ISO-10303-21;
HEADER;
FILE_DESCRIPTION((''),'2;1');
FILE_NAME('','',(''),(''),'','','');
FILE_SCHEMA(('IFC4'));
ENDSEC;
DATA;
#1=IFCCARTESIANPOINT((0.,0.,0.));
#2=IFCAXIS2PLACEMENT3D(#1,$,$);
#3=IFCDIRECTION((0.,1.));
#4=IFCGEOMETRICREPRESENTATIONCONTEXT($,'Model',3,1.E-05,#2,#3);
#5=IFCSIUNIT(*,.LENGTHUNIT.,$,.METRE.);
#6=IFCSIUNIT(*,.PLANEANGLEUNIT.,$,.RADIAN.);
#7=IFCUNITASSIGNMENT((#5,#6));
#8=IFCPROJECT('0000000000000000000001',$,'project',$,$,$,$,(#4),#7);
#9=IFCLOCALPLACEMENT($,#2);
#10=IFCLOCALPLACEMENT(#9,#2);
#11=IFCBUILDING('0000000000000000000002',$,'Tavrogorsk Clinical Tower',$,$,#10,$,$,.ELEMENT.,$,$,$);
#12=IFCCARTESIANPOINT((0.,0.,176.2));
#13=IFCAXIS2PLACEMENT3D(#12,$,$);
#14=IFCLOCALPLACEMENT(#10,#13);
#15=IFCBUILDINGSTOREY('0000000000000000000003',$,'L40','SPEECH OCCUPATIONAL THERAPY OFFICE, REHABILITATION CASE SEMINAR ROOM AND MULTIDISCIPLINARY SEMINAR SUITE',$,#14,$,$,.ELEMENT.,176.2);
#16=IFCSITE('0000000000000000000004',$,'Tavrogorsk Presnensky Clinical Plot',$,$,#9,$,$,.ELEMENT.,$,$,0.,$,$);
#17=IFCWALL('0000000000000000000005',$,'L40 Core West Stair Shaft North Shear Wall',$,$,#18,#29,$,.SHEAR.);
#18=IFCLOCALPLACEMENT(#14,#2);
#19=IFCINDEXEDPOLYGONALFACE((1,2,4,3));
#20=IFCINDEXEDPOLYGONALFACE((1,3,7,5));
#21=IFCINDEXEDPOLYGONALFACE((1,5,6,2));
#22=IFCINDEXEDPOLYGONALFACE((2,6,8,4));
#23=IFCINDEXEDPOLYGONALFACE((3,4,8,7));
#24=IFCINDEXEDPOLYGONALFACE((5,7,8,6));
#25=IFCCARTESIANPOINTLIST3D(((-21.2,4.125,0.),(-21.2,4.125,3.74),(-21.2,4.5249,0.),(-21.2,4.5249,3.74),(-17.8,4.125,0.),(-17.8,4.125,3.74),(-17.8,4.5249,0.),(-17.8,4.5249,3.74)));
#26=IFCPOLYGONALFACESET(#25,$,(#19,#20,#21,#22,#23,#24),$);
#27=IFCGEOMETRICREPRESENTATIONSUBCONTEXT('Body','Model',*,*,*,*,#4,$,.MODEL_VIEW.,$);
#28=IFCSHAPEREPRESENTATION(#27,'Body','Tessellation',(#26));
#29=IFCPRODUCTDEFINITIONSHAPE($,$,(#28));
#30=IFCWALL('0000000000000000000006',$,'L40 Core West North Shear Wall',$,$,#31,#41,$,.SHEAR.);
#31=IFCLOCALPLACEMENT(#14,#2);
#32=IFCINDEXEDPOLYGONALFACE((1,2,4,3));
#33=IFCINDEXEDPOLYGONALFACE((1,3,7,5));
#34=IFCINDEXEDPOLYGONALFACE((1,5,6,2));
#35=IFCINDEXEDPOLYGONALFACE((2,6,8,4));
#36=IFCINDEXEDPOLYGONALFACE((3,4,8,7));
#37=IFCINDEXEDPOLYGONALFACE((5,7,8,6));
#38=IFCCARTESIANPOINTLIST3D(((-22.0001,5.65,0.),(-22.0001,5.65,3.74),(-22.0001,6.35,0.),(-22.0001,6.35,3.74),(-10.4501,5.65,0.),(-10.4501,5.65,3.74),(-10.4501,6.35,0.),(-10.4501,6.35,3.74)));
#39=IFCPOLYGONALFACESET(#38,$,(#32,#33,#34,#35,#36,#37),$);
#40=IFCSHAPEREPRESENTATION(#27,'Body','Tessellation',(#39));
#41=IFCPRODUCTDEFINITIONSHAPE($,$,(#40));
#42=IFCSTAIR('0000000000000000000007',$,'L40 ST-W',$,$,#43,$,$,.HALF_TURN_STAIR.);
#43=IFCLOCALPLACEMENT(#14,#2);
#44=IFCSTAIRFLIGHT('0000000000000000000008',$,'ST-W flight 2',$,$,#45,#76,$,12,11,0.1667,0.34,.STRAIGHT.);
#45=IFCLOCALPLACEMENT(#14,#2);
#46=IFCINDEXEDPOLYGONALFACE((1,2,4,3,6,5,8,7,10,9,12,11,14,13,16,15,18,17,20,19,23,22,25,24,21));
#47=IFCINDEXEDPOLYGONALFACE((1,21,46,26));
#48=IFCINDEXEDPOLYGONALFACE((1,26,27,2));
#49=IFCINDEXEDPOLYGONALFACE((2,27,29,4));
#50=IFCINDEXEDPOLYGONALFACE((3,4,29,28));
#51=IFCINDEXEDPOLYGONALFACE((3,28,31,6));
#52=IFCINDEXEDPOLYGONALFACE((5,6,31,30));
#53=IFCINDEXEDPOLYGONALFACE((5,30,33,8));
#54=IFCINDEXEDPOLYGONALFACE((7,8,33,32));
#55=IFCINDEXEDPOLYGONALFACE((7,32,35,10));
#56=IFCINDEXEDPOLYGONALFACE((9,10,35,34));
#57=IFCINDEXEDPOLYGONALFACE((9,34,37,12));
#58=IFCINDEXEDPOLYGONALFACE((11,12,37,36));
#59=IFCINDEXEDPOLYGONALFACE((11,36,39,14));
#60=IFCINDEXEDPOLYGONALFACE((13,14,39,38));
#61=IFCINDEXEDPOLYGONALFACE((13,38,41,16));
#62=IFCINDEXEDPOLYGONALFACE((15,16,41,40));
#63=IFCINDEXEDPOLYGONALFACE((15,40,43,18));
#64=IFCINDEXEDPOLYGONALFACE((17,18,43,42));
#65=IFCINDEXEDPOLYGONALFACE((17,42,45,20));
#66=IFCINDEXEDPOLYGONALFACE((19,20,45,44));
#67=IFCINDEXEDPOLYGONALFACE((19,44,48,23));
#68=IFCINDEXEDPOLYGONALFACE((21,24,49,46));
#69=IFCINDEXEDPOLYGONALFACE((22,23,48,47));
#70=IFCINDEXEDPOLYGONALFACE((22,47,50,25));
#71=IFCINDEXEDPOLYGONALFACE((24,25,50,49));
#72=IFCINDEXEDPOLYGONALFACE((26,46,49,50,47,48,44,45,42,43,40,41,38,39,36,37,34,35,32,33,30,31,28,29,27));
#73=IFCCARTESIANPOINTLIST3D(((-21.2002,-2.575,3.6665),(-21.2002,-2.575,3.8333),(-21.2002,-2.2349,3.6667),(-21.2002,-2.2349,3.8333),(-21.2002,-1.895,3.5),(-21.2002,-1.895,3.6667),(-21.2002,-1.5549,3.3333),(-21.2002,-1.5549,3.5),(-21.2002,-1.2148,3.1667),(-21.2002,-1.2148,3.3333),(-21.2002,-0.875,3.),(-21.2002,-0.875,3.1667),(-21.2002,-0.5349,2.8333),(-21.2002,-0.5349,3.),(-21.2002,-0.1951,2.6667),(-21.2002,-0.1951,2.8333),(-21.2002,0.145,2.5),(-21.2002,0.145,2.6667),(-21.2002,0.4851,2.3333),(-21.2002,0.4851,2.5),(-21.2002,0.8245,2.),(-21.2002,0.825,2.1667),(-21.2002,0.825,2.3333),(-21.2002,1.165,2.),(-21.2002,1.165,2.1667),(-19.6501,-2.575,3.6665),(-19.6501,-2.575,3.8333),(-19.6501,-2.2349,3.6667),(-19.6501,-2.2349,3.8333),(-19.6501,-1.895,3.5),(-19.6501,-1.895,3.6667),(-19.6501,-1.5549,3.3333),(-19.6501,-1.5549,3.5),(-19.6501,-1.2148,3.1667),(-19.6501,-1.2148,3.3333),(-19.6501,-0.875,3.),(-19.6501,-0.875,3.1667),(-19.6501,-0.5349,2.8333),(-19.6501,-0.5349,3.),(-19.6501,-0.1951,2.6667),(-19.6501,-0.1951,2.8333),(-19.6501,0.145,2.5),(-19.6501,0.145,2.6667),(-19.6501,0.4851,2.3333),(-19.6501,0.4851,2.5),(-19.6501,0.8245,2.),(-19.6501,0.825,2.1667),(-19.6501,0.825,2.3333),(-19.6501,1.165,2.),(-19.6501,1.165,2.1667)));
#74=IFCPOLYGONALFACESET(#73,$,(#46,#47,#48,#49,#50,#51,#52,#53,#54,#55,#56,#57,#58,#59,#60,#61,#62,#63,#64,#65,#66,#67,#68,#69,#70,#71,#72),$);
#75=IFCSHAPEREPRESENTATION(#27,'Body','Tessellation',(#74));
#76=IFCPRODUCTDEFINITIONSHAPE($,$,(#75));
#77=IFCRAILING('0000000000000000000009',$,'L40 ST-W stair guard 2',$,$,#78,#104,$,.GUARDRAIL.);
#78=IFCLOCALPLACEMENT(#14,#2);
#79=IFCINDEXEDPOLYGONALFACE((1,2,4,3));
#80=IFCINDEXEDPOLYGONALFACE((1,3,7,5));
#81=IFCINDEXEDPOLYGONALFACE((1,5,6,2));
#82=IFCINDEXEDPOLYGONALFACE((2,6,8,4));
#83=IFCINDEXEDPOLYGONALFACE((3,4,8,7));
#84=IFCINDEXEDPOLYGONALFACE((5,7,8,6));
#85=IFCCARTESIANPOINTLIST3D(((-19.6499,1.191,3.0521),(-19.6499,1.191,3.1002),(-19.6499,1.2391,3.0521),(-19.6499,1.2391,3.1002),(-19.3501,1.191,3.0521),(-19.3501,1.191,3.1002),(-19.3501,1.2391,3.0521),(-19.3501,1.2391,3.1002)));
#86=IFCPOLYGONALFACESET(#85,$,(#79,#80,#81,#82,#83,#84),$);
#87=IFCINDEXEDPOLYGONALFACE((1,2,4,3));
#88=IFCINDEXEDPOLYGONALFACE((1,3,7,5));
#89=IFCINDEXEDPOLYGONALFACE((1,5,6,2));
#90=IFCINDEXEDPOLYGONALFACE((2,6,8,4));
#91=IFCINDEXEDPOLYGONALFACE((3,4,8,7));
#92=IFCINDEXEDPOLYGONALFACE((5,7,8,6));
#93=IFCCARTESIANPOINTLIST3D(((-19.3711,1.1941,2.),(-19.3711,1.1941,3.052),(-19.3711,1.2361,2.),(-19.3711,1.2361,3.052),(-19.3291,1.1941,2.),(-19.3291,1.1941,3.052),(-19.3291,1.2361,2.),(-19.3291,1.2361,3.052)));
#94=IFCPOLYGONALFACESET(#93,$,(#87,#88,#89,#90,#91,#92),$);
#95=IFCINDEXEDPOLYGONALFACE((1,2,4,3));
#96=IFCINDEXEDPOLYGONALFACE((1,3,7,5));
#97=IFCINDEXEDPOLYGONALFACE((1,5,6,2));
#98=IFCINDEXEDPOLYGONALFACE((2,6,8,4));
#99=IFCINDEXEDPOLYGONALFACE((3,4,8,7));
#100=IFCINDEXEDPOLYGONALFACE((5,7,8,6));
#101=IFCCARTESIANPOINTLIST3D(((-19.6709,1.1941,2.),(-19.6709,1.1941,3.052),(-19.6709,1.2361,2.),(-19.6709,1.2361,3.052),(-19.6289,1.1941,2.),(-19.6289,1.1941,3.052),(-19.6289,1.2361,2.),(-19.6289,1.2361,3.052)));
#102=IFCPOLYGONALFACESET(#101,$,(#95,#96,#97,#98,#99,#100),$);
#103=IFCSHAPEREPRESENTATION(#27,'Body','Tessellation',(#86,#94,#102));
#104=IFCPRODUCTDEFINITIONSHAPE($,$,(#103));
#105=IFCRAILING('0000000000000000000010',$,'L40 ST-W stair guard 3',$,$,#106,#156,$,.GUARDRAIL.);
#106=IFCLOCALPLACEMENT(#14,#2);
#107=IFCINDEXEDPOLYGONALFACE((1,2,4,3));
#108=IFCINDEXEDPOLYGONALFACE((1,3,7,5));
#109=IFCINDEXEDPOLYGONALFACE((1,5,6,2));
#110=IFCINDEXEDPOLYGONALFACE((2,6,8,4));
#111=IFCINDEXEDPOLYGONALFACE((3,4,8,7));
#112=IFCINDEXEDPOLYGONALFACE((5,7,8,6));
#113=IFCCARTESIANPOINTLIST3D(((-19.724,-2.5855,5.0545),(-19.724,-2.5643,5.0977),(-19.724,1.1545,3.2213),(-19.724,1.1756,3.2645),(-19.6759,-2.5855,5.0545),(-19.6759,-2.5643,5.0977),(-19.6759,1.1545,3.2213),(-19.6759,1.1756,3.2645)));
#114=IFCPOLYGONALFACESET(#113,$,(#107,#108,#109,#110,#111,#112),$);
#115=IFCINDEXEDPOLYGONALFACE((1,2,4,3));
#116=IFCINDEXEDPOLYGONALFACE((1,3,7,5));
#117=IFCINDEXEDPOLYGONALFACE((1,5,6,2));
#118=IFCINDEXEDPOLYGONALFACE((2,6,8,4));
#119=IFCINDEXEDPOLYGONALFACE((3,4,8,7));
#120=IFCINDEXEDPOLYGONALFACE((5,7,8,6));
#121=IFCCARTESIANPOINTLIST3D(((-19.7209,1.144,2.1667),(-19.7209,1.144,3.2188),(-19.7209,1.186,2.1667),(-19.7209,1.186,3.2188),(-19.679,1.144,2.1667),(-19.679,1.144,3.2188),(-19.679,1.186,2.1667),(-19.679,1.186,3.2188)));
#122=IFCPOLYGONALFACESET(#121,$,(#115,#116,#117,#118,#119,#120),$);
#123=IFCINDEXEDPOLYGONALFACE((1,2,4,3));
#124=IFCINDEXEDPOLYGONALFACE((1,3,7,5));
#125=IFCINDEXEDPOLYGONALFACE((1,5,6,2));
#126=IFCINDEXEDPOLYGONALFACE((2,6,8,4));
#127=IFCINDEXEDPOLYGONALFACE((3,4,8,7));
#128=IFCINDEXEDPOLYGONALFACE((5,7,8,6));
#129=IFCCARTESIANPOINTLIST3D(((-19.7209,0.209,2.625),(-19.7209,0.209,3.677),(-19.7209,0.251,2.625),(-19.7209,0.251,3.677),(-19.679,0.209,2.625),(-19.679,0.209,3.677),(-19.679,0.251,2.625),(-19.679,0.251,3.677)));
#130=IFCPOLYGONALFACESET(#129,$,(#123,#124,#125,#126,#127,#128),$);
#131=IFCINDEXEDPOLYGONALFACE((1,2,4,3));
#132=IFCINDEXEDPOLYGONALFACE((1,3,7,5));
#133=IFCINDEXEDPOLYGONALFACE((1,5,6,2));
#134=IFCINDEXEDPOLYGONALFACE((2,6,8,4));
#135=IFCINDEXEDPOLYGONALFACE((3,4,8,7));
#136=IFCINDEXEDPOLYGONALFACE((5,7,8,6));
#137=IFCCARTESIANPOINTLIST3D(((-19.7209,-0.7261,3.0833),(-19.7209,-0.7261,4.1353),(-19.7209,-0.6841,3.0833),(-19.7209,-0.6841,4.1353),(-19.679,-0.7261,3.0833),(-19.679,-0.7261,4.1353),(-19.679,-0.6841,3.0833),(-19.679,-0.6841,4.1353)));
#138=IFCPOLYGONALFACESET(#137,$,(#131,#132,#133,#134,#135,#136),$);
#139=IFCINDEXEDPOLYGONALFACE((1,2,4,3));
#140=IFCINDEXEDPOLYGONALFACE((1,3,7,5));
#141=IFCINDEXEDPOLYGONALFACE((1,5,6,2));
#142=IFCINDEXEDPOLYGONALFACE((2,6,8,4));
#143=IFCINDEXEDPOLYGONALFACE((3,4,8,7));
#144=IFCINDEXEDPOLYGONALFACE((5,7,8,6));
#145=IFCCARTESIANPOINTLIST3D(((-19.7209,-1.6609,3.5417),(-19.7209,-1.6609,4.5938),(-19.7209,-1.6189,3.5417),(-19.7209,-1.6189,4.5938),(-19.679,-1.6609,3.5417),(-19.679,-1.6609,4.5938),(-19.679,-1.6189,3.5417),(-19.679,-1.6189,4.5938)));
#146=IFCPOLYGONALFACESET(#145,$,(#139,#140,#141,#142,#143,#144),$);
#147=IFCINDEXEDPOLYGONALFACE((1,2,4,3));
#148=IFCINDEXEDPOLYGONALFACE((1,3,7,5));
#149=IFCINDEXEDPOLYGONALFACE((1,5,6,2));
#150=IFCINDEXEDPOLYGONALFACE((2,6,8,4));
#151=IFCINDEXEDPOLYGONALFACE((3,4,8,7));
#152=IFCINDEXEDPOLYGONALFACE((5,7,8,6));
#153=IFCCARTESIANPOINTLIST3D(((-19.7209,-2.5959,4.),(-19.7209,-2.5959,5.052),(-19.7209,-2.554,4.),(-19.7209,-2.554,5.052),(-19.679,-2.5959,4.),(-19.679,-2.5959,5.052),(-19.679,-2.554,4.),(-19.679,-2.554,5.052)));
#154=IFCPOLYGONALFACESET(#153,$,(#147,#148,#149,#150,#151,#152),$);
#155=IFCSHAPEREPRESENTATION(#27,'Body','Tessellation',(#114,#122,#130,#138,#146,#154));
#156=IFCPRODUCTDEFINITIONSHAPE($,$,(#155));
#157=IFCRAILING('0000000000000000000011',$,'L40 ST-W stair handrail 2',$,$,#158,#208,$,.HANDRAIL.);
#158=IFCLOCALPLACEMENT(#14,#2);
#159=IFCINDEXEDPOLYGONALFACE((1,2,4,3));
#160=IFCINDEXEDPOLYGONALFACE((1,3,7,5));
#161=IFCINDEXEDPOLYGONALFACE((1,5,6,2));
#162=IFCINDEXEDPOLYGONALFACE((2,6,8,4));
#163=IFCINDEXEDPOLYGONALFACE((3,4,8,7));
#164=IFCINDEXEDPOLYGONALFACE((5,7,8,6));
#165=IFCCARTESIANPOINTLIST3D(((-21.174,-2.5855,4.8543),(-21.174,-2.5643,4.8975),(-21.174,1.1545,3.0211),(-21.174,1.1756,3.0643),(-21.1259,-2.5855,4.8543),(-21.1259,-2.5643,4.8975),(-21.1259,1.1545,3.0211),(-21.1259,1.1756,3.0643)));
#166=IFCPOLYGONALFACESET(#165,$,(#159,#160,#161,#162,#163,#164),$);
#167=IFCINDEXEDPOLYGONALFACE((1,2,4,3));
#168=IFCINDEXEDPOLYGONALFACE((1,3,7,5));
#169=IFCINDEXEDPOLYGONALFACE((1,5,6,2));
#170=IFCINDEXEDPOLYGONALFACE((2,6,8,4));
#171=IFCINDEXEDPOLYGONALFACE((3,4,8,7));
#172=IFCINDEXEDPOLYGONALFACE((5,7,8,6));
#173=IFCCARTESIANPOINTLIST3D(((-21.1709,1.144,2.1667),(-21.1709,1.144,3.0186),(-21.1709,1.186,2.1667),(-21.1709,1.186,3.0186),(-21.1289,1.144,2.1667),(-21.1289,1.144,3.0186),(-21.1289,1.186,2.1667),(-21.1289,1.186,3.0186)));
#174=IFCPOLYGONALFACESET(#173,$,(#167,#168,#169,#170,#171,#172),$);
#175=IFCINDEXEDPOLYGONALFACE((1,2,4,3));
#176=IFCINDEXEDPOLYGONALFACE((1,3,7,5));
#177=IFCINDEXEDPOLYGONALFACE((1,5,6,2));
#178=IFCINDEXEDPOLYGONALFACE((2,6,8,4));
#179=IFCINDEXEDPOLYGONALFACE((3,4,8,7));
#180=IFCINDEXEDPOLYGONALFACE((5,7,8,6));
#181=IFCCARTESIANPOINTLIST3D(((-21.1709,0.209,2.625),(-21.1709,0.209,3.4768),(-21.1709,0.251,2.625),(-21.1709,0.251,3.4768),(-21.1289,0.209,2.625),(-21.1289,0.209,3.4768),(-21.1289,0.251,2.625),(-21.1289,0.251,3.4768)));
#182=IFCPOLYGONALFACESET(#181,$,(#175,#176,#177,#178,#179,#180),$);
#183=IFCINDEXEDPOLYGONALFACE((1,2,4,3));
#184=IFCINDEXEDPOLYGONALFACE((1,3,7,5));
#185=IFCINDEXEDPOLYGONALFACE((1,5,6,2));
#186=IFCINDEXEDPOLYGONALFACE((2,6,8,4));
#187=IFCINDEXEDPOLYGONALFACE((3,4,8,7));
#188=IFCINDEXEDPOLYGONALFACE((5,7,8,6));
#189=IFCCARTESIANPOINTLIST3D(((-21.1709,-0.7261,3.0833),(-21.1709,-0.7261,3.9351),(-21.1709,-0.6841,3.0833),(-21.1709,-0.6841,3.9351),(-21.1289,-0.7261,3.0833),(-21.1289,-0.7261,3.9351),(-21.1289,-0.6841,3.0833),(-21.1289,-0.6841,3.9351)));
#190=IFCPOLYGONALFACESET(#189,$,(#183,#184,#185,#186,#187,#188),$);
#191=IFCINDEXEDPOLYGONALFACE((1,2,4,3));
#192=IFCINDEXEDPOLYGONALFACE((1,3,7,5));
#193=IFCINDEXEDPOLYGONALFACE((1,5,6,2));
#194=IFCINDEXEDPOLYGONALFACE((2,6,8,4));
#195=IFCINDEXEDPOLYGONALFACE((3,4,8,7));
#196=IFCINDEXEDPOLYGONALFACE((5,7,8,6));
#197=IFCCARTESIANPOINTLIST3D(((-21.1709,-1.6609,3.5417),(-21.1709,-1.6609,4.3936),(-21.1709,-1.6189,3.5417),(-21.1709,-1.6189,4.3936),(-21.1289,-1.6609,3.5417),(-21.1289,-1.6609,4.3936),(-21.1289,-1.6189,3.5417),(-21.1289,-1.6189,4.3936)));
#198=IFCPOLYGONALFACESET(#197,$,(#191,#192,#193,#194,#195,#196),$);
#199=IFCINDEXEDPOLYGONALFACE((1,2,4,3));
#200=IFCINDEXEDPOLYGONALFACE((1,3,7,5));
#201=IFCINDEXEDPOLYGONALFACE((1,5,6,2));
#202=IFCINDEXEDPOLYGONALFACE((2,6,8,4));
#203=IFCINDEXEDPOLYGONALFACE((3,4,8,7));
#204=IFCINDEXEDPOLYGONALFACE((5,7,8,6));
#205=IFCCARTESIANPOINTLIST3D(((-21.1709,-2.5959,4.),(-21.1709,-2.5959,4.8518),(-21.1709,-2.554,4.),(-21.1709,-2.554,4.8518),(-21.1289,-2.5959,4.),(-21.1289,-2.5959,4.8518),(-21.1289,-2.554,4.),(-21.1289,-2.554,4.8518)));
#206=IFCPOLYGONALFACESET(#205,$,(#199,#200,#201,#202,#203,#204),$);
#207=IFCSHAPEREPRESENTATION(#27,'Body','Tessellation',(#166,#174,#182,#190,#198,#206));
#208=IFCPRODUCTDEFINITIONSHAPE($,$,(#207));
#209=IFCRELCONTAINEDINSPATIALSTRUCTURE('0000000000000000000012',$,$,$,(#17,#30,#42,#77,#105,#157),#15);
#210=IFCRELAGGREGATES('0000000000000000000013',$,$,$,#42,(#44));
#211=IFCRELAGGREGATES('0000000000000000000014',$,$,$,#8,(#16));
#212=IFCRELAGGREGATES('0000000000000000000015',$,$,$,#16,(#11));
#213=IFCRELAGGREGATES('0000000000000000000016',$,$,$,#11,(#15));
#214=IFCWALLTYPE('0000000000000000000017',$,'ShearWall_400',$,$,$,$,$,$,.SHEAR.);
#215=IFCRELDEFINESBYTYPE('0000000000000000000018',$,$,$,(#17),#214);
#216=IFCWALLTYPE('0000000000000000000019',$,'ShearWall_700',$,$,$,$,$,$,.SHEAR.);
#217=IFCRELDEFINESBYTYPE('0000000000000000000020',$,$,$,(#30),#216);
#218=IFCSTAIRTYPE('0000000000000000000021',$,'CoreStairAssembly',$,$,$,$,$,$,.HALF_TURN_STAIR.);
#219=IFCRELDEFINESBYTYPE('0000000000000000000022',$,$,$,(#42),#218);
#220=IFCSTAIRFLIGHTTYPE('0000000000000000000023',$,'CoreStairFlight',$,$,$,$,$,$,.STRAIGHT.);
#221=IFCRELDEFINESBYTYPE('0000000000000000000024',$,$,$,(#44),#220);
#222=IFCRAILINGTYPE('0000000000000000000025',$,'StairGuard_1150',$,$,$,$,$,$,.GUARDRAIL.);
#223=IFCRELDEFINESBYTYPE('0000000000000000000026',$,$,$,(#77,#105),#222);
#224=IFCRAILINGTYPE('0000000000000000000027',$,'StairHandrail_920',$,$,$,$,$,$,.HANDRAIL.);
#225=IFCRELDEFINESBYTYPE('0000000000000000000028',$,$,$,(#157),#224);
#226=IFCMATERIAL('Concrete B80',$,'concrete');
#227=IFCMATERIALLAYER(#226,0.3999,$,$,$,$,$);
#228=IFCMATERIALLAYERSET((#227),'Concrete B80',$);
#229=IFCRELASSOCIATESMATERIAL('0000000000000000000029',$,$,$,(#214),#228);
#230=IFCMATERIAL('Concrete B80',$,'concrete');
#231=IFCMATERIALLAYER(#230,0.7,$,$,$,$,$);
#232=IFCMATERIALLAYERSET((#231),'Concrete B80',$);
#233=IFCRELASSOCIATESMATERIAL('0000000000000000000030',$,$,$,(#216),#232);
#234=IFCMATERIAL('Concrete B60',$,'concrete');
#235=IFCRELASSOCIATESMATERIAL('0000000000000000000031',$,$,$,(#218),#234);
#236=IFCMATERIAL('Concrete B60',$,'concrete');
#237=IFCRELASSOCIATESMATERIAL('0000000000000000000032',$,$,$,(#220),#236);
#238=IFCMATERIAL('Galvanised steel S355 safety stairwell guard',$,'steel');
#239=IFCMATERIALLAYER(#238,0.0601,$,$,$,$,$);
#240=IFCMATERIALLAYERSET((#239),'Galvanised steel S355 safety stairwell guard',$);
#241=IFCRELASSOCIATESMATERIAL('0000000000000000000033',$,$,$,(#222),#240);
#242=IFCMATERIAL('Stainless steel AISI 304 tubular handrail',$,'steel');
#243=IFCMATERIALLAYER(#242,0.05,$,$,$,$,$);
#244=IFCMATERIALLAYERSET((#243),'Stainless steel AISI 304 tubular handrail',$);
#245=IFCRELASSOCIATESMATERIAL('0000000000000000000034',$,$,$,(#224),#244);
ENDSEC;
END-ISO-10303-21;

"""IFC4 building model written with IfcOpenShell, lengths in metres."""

from ifc_helpers import new_model, si_unit, direction, frame, frame_2d, origin, origin_2d, place, context, subcontext, project, spatial, polyline, rectangle, outline, extrude, material, layer, layer_set, type_object, element, aggregate, save


model = new_model("IFC4")

# Units and contexts
model_context = context("Model", 3, precision=1e-05, world=origin(), true_north=direction((0.0, 1.0)))
body_context = subcontext(model_context, "Body", "Model", "MODEL_VIEW")
ifc_project = project(units=[si_unit("LENGTHUNIT", "METRE"), si_unit("PLANEANGLEUNIT", "RADIAN")], contexts=[model_context])

# Site, building, storey
site_placement = place(None, origin())
site = spatial("IfcSite", under=ifc_project, at=site_placement, Name="Tavrogorsk Presnensky Clinical Plot", CompositionType="ELEMENT", RefElevation=0.0)
building_placement = place(site_placement, origin())
building = spatial("IfcBuilding", under=site, at=building_placement, Name="Tavrogorsk Clinical Tower", CompositionType="ELEMENT")
storey_placement = place(building_placement, frame((0.0, 0.0, 176.2)))
storey = spatial("IfcBuildingStorey", under=building, at=storey_placement, Name="L40", Description="SPEECH OCCUPATIONAL THERAPY OFFICE, REHABILITATION CASE SEMINAR ROOM AND MULTIDISCIPLINARY SEMINAR SUITE", CompositionType="ELEMENT", Elevation=176.2)

# Walls
ifc_material_1 = material(Name="Concrete B80", Category="concrete")
ifc_layer_1 = layer(ifc_material_1, 0.3999)
ifc_layer_set_1 = layer_set([ifc_layer_1], Name="Concrete B80")
wall_type_1 = type_object("IfcWallType", Name="ShearWall_400", PredefinedType="SHEAR", material=ifc_layer_set_1)
wall_1_placement = place(storey_placement, frame((-21.2, 4.325, 0.0), z_axis=(0.0, 0.0, 1.0), x_axis=(1.0, 0.0, 0.0)))
element("IfcWall", 1, at=wall_1_placement, inside=storey, type_object=wall_type_1, Name="L40 Core West Stair Shaft North Shear Wall", PredefinedType="SHEAR", context=body_context, shape_type="SweptSolid", body=[
    extrude(rectangle(XDim=3.3999, YDim=0.3999, at=frame_2d((1.7, 0.0))), origin(), (0.0, 0.0, 1.0), 3.74),
])
ifc_material_2 = material(Name="Concrete B80", Category="concrete")
ifc_layer_2 = layer(ifc_material_2, 0.7)
ifc_layer_set_2 = layer_set([ifc_layer_2], Name="Concrete B80")
wall_type_2 = type_object("IfcWallType", Name="ShearWall_700", PredefinedType="SHEAR", material=ifc_layer_set_2)
wall_2_placement = place(storey_placement, frame((-22.0, 6.0, 0.0), z_axis=(0.0, 0.0, 1.0), x_axis=(1.0, 0.0, 0.0)))
element("IfcWall", 2, at=wall_2_placement, inside=storey, type_object=wall_type_2, Name="L40 Core West North Shear Wall", PredefinedType="SHEAR", context=body_context, shape_type="SweptSolid", body=[
    extrude(rectangle(XDim=11.55, YDim=0.7, at=frame_2d((5.7749, 0.0))), origin(), (0.0, 0.0, 1.0), 3.74),
])

# Stair, stair flight
ifc_material_3 = material(Name="Concrete B60", Category="concrete")
stair_type = type_object("IfcStairType", Name="CoreStairAssembly", PredefinedType="HALF_TURN_STAIR", material=ifc_material_3)
stair_placement = place(storey_placement, origin())
stair = element("IfcStair", 3, at=stair_placement, inside=storey, type_object=stair_type, Name="L40 ST-W", PredefinedType="HALF_TURN_STAIR")
ifc_material_4 = material(Name="Concrete B60", Category="concrete")
stair_flight_type = type_object("IfcStairFlightType", Name="CoreStairFlight", PredefinedType="STRAIGHT", material=ifc_material_4)
stair_flight_placement = place(storey_placement, frame((-20.425, 1.165, 2.0), z_axis=(0.0, 0.0, 1.0), x_axis=(0.0, -1.0, 0.0)))
stair_flight = element("IfcStairFlight", 4, at=stair_flight_placement, type_object=stair_flight_type, Name="ST-W flight 2", NumberOfRisers=12, NumberOfTreads=11, PredefinedType="STRAIGHT", RiserHeight=0.1667, TreadLength=0.34, context=body_context, shape_type="SweptSolid", body=[
    extrude(outline(polyline([(0.0, 0.0), (0.0, 0.1667), (0.3401, 0.1667), (0.3401, 0.3333), (0.6799, 0.3333), (0.6799, 0.5), (1.02, 0.5), (1.02, 0.6667), (1.3601, 0.6667), (1.3601, 0.8333), (1.7, 0.8333), (1.7, 1.0), (2.04, 1.0), (2.04, 1.1667), (2.3799, 1.1667), (2.3799, 1.3333), (2.72, 1.3333), (2.72, 1.5), (3.0601, 1.5), (3.0601, 1.6667), (3.3999, 1.6667), (3.3999, 1.8333), (3.74, 1.8333), (3.74, 2.0), (3.74, 1.6665), (0.3406, 0.0), (0.0, 0.0)])), frame((0.0, 0.7749, 0.0), z_axis=(0.0, -1.0, 0.0), x_axis=(1.0, 0.0, 0.0)), (0.0, 0.0, 1.0), 1.55),
])
aggregate(stair, [stair_flight])

# Railings
ifc_material_5 = material(Name="Galvanised steel S355 safety stairwell guard", Category="steel")
ifc_layer_3 = layer(ifc_material_5, 0.0601)
ifc_layer_set_3 = layer_set([ifc_layer_3], Name="Galvanised steel S355 safety stairwell guard")
railing_type_1 = type_object("IfcRailingType", Name="StairGuard_1150", PredefinedType="GUARDRAIL", material=ifc_layer_set_3)
railing_1_placement = place(storey_placement, frame((-19.3501, 1.2151, 2.0)))
element("IfcRailing", 5, at=railing_1_placement, inside=storey, type_object=railing_type_1, Name="L40 ST-W stair guard 2", PredefinedType="GUARDRAIL", context=body_context, shape_type="SweptSolid", body=[
    extrude(rectangle(XDim=0.0481, YDim=0.0481, at=origin_2d()), frame((0.0, 0.0, 1.0762), z_axis=(-1.0, 0.0, 0.0), x_axis=(0.0, -1.0, 0.0)), (0.0, 0.0, 1.0), 0.2998),
    extrude(rectangle(XDim=0.042, YDim=0.042, at=origin_2d()), origin(), (0.0, 0.0, 1.0), 1.052),
    extrude(rectangle(XDim=0.042, YDim=0.042, at=origin_2d()), frame((-0.2998, 0.0, 0.0)), (0.0, 0.0, 1.0), 1.052),
])
railing_2_placement = place(storey_placement, frame((-19.7, 1.165, 2.1667)))
element("IfcRailing", 6, at=railing_2_placement, inside=storey, type_object=railing_type_1, Name="L40 ST-W stair guard 3", PredefinedType="GUARDRAIL", context=body_context, shape_type="SweptSolid", body=[
    extrude(rectangle(XDim=0.0481, YDim=0.0481, at=origin_2d()), frame((0.0, 0.0, 1.0762), z_axis=(0.0, -0.897928, 0.440142), x_axis=(1.0, 0.0, 0.0)), (0.0, 0.0, 1.0), 4.165),
    extrude(rectangle(XDim=0.042, YDim=0.042, at=origin_2d()), origin(), (0.0, 0.0, 1.0), 1.052),
    extrude(rectangle(XDim=0.042, YDim=0.042, at=origin_2d()), frame((0.0, -0.9351, 0.4583)), (0.0, 0.0, 1.0), 1.052),
    extrude(rectangle(XDim=0.042, YDim=0.042, at=origin_2d()), frame((0.0, -1.8701, 0.9165)), (0.0, 0.0, 1.0), 1.052),
    extrude(rectangle(XDim=0.042, YDim=0.042, at=origin_2d()), frame((0.0, -2.8049, 1.375)), (0.0, 0.0, 1.0), 1.052),
    extrude(rectangle(XDim=0.042, YDim=0.042, at=origin_2d()), frame((0.0, -3.74, 1.8333)), (0.0, 0.0, 1.0), 1.052),
])
ifc_material_6 = material(Name="Stainless steel AISI 304 tubular handrail", Category="steel")
ifc_layer_4 = layer(ifc_material_6, 0.05)
ifc_layer_set_4 = layer_set([ifc_layer_4], Name="Stainless steel AISI 304 tubular handrail")
railing_type_2 = type_object("IfcRailingType", Name="StairHandrail_920", PredefinedType="HANDRAIL", material=ifc_layer_set_4)
railing_3_placement = place(storey_placement, frame((-21.1499, 1.165, 2.1667)))
element("IfcRailing", 7, at=railing_3_placement, inside=storey, type_object=railing_type_2, Name="L40 ST-W stair handrail 2", PredefinedType="HANDRAIL", context=body_context, shape_type="SweptSolid", body=[
    extrude(rectangle(XDim=0.0481, YDim=0.0481, at=origin_2d()), frame((0.0, 0.0, 0.876), z_axis=(0.0, -0.897928, 0.440142), x_axis=(1.0, 0.0, 0.0)), (0.0, 0.0, 1.0), 4.165),
    extrude(rectangle(XDim=0.042, YDim=0.042, at=origin_2d()), origin(), (0.0, 0.0, 1.0), 0.8518),
    extrude(rectangle(XDim=0.042, YDim=0.042, at=origin_2d()), frame((0.0, -0.9351, 0.4583)), (0.0, 0.0, 1.0), 0.8518),
    extrude(rectangle(XDim=0.042, YDim=0.042, at=origin_2d()), frame((0.0, -1.8701, 0.9165)), (0.0, 0.0, 1.0), 0.8518),
    extrude(rectangle(XDim=0.042, YDim=0.042, at=origin_2d()), frame((0.0, -2.8049, 1.375)), (0.0, 0.0, 1.0), 0.8518),
    extrude(rectangle(XDim=0.042, YDim=0.042, at=origin_2d()), frame((0.0, -3.74, 1.8333)), (0.0, 0.0, 1.0), 0.8518),
])

save(model, "model.ifc")
